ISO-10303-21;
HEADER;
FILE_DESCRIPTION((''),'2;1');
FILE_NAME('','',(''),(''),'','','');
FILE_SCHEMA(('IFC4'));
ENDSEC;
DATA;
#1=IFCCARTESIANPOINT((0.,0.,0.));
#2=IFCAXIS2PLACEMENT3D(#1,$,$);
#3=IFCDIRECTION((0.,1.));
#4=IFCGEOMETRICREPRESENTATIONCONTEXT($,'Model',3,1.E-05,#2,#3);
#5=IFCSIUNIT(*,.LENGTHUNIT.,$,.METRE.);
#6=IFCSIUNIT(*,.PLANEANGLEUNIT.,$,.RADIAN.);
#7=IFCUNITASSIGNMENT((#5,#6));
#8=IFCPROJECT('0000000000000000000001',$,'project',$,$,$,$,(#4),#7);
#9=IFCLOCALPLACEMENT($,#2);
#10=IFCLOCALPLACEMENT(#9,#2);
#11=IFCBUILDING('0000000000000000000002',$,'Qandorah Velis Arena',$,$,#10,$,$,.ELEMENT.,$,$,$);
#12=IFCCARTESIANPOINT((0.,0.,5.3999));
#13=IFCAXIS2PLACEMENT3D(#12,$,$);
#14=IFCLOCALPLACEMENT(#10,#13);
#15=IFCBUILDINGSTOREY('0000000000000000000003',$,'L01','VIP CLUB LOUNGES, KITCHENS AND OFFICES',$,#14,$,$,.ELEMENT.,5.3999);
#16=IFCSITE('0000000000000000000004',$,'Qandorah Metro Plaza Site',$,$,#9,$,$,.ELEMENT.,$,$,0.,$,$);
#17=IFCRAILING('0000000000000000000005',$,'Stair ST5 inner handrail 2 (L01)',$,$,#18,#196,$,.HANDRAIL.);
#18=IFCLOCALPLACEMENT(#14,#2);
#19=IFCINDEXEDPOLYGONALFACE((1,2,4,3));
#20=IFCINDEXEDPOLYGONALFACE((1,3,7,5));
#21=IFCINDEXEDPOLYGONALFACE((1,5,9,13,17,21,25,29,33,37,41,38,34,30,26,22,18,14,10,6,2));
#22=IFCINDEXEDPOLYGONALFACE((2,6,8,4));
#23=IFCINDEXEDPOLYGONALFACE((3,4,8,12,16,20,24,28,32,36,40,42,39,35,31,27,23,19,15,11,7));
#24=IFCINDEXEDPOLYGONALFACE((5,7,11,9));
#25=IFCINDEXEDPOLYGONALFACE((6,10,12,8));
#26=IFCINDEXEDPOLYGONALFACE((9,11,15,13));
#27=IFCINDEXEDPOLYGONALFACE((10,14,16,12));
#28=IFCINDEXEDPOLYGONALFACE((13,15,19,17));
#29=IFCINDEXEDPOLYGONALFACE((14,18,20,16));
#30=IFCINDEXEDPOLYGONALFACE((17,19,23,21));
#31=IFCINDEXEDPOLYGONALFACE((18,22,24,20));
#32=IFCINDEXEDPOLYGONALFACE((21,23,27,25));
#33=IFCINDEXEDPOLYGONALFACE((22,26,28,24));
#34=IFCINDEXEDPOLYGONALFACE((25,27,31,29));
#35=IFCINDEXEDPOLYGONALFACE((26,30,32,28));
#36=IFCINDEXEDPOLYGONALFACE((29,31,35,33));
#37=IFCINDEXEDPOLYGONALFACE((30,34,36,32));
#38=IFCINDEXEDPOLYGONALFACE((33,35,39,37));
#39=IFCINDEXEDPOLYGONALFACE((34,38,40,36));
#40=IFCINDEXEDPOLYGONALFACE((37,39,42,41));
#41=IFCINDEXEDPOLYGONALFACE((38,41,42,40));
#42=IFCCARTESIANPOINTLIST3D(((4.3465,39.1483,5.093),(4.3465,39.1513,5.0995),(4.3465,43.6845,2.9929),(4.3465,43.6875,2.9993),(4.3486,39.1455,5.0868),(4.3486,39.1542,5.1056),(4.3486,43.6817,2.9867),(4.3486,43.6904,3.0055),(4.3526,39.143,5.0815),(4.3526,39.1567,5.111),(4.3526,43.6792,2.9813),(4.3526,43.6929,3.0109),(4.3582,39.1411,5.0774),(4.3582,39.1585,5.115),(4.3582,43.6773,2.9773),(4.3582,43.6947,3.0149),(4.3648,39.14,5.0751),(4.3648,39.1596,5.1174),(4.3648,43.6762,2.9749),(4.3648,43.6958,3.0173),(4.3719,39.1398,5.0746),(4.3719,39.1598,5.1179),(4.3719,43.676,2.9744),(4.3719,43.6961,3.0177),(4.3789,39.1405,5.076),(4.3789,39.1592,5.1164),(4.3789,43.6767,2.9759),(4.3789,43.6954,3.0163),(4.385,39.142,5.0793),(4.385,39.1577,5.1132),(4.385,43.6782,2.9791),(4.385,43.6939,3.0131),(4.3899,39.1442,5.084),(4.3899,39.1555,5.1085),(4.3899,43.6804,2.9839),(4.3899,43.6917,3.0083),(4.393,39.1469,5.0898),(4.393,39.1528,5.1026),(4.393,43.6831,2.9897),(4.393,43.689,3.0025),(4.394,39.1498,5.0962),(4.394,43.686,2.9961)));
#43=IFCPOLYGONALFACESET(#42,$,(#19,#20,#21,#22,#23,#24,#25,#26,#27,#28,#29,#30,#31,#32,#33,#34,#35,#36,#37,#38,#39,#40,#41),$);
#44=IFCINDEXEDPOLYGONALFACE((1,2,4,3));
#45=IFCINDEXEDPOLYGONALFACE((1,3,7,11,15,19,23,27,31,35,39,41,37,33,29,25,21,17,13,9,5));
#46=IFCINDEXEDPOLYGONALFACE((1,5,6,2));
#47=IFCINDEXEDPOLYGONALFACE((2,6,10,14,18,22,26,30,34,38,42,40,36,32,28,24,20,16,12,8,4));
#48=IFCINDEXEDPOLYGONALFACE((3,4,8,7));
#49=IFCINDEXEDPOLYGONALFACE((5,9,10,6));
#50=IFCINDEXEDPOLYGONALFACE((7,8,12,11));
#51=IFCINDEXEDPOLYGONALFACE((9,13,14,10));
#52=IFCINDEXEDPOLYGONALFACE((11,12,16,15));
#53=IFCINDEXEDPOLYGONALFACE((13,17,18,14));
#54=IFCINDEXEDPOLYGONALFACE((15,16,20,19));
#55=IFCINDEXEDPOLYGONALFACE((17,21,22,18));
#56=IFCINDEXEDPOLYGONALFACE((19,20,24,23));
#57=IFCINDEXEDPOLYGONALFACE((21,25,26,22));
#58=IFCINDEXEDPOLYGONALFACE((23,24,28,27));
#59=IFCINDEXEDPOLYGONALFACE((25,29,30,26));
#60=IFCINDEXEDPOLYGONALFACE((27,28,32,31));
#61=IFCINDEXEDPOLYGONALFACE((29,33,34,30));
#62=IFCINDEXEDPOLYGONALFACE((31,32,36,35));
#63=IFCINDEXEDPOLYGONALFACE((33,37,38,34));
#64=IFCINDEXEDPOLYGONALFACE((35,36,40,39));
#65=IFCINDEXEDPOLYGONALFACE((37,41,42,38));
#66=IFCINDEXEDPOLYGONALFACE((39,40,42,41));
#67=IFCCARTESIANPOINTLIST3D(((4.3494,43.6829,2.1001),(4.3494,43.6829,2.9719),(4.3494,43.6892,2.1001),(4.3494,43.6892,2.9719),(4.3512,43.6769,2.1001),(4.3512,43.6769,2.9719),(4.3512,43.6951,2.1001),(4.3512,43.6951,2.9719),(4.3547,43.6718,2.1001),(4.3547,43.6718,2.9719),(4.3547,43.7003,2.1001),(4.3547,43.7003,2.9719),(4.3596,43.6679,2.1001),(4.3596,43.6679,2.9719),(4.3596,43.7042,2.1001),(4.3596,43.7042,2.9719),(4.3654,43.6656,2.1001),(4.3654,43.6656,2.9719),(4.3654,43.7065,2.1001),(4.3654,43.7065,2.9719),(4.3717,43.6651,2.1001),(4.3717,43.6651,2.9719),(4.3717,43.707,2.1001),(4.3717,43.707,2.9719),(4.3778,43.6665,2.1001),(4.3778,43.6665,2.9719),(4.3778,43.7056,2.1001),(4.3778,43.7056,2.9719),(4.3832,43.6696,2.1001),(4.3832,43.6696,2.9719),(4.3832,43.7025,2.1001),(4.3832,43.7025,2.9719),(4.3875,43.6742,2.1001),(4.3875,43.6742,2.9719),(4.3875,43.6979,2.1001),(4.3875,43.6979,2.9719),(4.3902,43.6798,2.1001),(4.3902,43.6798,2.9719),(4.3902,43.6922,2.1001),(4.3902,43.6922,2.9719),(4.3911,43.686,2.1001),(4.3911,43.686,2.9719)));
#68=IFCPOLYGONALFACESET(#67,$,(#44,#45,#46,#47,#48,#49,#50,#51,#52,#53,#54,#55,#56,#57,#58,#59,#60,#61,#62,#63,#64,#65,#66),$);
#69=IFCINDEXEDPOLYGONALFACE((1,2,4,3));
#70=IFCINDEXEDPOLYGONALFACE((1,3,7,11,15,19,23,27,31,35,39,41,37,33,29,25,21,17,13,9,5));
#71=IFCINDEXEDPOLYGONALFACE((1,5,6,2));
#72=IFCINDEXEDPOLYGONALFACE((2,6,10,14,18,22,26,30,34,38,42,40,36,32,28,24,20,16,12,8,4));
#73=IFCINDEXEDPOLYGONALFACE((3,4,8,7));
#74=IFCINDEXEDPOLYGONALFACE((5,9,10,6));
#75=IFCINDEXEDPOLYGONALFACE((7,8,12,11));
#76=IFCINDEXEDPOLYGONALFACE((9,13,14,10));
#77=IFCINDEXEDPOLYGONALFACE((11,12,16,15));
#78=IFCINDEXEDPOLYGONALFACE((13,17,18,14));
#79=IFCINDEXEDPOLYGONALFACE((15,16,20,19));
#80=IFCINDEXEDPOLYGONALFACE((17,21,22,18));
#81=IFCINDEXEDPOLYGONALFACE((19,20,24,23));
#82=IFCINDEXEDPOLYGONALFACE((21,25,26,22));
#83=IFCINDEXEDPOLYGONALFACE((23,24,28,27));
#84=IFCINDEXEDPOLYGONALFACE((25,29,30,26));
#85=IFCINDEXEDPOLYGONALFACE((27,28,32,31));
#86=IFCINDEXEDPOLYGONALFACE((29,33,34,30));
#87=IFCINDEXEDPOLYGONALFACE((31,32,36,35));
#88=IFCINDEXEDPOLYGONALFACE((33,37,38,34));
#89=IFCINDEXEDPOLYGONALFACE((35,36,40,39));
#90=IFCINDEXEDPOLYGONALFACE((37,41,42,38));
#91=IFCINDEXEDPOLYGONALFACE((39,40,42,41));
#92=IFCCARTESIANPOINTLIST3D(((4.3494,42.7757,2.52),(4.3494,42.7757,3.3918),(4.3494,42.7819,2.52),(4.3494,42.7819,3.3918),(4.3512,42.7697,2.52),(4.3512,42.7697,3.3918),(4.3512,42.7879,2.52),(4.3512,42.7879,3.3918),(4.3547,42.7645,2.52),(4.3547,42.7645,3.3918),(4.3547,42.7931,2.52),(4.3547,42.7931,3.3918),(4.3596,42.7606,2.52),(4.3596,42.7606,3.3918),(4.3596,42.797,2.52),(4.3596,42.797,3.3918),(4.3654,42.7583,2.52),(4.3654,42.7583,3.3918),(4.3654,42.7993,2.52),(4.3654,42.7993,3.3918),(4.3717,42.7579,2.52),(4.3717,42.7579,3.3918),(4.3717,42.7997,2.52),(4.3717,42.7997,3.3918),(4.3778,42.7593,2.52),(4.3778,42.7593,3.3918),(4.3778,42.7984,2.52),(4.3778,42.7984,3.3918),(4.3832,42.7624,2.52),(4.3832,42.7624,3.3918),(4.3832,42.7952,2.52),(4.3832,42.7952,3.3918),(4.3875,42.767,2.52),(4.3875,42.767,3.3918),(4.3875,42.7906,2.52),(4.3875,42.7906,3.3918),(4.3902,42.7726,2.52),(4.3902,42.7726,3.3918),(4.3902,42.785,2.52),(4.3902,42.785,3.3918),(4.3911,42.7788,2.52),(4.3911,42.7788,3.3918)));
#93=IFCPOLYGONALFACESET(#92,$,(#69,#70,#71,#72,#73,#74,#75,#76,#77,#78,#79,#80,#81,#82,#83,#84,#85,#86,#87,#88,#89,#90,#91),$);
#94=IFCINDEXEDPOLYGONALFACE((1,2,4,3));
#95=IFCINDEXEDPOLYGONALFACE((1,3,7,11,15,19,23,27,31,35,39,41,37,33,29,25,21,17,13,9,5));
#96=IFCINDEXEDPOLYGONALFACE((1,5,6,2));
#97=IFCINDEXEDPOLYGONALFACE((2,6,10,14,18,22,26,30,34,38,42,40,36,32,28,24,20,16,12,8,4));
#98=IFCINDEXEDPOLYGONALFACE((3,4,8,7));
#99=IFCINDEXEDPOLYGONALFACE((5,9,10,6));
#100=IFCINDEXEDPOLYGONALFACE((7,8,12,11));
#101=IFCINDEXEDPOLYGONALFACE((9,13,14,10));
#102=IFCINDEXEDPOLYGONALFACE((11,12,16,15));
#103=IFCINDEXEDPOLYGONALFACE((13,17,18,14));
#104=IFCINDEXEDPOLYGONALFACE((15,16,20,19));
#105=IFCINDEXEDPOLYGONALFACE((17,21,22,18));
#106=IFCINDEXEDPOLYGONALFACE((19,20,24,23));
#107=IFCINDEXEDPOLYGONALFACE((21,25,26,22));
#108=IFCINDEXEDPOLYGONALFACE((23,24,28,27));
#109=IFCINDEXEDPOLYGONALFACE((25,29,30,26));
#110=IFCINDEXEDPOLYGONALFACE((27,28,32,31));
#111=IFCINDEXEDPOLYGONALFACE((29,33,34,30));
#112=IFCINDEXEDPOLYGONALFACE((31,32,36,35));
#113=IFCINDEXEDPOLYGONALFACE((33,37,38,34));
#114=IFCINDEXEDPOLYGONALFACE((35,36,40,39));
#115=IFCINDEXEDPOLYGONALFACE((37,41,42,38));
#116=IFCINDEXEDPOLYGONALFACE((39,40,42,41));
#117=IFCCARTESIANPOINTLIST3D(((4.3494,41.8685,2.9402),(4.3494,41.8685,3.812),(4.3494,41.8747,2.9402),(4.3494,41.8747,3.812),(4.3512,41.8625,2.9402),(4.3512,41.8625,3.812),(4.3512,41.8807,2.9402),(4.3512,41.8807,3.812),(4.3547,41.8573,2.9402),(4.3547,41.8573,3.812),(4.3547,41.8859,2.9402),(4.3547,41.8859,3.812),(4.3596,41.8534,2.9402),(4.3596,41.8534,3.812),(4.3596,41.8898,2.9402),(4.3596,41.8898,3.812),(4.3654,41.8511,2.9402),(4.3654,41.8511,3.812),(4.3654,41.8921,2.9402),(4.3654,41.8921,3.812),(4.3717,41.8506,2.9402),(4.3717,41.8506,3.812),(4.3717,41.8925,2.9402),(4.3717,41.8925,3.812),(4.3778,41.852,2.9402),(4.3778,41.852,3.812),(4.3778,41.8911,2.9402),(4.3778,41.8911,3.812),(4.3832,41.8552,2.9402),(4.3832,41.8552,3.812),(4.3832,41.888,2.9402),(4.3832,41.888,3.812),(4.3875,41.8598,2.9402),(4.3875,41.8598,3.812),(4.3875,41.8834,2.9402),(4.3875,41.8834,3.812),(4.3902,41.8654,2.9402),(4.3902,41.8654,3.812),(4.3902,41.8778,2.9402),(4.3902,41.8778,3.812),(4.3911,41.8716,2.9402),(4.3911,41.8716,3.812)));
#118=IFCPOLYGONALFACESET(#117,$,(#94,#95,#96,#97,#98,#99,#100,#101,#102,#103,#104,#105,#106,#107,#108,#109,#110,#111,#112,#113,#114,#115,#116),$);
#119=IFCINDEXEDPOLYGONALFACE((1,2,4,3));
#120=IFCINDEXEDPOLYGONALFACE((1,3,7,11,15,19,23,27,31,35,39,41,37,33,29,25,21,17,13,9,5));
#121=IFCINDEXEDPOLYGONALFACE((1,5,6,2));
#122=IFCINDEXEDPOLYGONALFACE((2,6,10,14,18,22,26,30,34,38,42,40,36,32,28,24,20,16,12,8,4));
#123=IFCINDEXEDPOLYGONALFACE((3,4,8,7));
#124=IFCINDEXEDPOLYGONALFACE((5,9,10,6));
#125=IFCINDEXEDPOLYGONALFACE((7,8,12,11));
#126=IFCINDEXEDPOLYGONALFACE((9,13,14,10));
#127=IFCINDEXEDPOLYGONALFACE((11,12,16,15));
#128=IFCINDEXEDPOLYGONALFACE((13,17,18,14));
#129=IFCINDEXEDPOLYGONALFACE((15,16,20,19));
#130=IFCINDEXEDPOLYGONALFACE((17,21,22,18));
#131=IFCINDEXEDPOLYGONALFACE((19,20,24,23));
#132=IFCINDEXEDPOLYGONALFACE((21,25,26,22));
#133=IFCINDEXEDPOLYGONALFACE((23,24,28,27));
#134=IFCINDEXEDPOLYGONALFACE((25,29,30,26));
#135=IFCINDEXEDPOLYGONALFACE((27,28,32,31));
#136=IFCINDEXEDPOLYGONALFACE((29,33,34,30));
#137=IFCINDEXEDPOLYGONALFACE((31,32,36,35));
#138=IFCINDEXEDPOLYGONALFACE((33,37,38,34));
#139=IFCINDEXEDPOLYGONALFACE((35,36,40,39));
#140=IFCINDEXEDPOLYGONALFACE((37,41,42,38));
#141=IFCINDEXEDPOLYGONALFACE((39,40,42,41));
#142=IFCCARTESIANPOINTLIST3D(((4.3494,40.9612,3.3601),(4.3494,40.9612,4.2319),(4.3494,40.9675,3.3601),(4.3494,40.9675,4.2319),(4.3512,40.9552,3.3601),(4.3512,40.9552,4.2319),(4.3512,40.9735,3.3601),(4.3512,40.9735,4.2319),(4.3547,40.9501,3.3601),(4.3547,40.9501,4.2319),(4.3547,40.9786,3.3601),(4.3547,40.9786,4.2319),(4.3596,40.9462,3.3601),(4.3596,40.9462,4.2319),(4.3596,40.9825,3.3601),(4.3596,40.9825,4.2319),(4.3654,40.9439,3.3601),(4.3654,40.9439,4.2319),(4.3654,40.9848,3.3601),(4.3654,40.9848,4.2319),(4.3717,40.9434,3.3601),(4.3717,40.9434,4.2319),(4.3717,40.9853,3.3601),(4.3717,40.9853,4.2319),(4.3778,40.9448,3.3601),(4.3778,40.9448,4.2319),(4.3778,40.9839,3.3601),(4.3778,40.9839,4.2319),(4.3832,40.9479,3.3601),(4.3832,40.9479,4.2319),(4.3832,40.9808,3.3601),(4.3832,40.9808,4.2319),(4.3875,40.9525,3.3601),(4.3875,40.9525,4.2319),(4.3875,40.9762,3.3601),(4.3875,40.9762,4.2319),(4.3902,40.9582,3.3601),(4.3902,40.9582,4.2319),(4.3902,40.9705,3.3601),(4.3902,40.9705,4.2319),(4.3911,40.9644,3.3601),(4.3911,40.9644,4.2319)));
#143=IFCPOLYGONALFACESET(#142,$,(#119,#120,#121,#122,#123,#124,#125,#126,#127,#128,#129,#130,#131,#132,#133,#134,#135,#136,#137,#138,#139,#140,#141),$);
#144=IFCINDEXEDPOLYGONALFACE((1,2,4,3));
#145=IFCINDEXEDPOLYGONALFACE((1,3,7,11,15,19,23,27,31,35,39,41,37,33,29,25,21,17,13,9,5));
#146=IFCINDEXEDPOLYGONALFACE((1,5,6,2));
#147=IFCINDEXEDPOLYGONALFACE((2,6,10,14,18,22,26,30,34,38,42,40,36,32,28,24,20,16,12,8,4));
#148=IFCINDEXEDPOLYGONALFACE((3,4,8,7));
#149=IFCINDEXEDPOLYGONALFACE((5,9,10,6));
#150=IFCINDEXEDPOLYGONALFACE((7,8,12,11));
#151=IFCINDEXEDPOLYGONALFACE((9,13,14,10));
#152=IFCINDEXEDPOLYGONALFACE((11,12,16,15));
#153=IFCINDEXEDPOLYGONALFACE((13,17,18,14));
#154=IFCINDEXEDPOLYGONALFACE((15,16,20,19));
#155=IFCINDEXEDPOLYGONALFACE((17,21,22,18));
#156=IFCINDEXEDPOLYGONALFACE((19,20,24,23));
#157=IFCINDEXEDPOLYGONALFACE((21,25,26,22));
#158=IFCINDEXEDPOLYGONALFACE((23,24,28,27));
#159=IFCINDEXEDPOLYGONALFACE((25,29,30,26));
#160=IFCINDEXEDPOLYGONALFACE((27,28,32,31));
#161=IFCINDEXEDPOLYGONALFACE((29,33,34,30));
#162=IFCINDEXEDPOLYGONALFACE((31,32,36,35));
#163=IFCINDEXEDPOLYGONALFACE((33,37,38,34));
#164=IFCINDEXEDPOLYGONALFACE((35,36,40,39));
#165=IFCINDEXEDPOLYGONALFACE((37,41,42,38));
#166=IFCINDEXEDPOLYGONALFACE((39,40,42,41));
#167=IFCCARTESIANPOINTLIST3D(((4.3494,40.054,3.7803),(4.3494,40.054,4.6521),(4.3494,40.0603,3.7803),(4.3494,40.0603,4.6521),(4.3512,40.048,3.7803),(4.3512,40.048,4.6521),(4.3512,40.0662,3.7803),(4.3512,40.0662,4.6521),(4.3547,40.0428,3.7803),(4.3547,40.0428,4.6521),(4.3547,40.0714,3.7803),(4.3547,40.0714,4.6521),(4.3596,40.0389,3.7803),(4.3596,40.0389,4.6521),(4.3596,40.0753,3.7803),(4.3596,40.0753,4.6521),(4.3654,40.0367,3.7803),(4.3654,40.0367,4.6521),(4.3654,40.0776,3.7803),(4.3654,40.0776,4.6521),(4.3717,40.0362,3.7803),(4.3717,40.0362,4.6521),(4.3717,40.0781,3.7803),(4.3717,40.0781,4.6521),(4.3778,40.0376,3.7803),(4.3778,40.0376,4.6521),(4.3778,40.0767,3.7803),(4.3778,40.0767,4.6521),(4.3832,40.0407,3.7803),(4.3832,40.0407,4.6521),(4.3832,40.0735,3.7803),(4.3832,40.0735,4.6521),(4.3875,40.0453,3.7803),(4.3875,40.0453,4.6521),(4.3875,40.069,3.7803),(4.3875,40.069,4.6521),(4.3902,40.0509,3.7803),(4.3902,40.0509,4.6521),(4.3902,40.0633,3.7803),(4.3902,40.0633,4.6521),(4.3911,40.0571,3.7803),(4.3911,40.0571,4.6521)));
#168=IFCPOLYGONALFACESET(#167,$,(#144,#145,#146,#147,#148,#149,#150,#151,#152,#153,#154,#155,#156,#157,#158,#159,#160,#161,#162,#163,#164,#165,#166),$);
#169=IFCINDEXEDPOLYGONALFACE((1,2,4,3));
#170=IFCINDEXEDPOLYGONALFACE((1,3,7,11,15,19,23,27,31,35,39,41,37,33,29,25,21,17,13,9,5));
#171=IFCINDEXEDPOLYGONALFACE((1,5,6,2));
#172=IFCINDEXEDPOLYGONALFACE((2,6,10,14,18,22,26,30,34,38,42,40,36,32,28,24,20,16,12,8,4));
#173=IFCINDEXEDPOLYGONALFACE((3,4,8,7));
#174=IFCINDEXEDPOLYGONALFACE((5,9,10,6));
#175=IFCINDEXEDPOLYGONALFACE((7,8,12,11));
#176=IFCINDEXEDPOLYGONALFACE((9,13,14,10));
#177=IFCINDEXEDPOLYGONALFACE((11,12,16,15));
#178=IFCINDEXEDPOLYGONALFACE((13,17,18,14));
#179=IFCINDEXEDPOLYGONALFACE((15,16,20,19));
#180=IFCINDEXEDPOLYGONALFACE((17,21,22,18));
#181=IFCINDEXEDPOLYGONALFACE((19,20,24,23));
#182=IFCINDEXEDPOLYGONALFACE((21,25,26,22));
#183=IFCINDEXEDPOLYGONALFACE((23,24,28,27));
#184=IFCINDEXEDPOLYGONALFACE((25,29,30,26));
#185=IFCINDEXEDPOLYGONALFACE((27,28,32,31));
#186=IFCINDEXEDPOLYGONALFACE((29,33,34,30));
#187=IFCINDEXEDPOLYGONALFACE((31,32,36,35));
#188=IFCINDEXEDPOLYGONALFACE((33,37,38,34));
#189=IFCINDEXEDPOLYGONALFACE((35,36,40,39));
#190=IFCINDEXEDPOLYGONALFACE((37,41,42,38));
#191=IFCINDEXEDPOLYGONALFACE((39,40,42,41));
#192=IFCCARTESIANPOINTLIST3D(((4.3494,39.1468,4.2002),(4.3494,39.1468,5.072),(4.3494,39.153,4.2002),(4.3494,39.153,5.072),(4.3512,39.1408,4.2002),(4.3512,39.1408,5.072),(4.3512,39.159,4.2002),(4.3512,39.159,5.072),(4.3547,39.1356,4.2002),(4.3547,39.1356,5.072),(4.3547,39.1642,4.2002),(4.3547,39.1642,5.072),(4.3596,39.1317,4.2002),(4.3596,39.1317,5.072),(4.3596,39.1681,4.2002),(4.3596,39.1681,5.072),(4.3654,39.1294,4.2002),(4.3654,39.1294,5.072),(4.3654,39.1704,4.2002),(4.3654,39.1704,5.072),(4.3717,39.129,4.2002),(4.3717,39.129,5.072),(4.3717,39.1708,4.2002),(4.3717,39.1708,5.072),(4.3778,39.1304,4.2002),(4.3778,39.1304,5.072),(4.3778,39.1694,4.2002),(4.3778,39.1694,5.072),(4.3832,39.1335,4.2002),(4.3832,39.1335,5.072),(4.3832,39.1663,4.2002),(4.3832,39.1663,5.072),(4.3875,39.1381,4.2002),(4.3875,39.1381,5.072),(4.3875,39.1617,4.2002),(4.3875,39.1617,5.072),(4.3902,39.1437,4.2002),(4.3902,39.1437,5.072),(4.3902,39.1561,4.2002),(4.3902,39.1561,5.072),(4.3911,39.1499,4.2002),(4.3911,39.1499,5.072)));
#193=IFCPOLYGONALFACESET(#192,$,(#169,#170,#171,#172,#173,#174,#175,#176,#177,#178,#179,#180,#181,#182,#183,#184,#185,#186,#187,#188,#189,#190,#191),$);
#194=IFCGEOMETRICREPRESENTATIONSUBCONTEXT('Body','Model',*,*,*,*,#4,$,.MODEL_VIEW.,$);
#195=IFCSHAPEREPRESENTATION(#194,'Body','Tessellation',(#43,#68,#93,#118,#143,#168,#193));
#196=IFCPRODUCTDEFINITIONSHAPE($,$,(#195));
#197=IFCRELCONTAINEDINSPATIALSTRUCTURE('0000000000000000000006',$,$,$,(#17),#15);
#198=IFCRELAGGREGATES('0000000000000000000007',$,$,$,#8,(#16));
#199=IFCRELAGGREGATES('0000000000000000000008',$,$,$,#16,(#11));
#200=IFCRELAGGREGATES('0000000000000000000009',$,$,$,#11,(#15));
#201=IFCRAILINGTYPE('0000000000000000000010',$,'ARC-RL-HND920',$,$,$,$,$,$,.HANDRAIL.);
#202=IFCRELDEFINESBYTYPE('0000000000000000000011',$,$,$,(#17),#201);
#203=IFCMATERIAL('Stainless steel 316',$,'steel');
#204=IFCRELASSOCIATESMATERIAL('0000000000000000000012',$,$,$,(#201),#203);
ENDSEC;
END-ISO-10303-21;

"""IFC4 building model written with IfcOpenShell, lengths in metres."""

from ifc_helpers import new_model, si_unit, direction, frame, origin, origin_2d, place, context, subcontext, project, spatial, circle, extrude, material, type_object, element, save


model = new_model("IFC4")

# Units and contexts
model_context = context("Model", 3, precision=1e-05, world=origin(), true_north=direction((0.0, 1.0)))
body_context = subcontext(model_context, "Body", "Model", "MODEL_VIEW")
ifc_project = project(units=[si_unit("LENGTHUNIT", "METRE"), si_unit("PLANEANGLEUNIT", "RADIAN")], contexts=[model_context])

# Site, building, storey
site_placement = place(None, origin())
site = spatial("IfcSite", under=ifc_project, at=site_placement, Name="Qandorah Metro Plaza Site", CompositionType="ELEMENT", RefElevation=0.0)
building_placement = place(site_placement, origin())
building = spatial("IfcBuilding", under=site, at=building_placement, Name="Qandorah Velis Arena", CompositionType="ELEMENT")
storey_placement = place(building_placement, frame((0.0, 0.0, 5.3999)))
storey = spatial("IfcBuildingStorey", under=building, at=storey_placement, Name="L01", Description="VIP CLUB LOUNGES, KITCHENS AND OFFICES", CompositionType="ELEMENT", Elevation=5.3999)

# Railing
ifc_material_1 = material(Name="Stainless steel 316", Category="steel")
railing_type_1 = type_object("IfcRailingType", Name="ARC-RL-HND920", PredefinedType="HANDRAIL", material=ifc_material_1)
railing_1_placement = place(storey_placement, frame((4.3701, 43.686, 2.1001)))
element("IfcRailing", 1, at=railing_1_placement, inside=storey, type_object=railing_type_1, Name="Stair ST5 inner handrail 2 (L01)", PredefinedType="HANDRAIL", context=body_context, shape_type="SweptSolid", body=[
    extrude(circle(Radius=0.0239, at=origin_2d()), frame((0.0, 0.0, 0.896), z_axis=(0.0, -0.907464, 0.42013), x_axis=(1.0, 0.0, 0.0)), (0.0, 0.0, 1.0), 4.9988),
    extrude(circle(Radius=0.021, at=origin_2d()), origin(), (0.0, 0.0, 1.0), 0.8718),
    extrude(circle(Radius=0.021, at=origin_2d()), frame((0.0, -0.9072, 0.4199)), (0.0, 0.0, 1.0), 0.8718),
    extrude(circle(Radius=0.021, at=origin_2d()), frame((0.0, -1.8145, 0.8401)), (0.0, 0.0, 1.0), 0.8718),
    extrude(circle(Radius=0.021, at=origin_2d()), frame((0.0, -2.7217, 1.26)), (0.0, 0.0, 1.0), 0.8718),
    extrude(circle(Radius=0.021, at=origin_2d()), frame((0.0, -3.6289, 1.6802)), (0.0, 0.0, 1.0), 0.8718),
    extrude(circle(Radius=0.021, at=origin_2d()), frame((0.0, -4.5361, 2.1001)), (0.0, 0.0, 1.0), 0.8718),
])

save(model, "model.ifc")
